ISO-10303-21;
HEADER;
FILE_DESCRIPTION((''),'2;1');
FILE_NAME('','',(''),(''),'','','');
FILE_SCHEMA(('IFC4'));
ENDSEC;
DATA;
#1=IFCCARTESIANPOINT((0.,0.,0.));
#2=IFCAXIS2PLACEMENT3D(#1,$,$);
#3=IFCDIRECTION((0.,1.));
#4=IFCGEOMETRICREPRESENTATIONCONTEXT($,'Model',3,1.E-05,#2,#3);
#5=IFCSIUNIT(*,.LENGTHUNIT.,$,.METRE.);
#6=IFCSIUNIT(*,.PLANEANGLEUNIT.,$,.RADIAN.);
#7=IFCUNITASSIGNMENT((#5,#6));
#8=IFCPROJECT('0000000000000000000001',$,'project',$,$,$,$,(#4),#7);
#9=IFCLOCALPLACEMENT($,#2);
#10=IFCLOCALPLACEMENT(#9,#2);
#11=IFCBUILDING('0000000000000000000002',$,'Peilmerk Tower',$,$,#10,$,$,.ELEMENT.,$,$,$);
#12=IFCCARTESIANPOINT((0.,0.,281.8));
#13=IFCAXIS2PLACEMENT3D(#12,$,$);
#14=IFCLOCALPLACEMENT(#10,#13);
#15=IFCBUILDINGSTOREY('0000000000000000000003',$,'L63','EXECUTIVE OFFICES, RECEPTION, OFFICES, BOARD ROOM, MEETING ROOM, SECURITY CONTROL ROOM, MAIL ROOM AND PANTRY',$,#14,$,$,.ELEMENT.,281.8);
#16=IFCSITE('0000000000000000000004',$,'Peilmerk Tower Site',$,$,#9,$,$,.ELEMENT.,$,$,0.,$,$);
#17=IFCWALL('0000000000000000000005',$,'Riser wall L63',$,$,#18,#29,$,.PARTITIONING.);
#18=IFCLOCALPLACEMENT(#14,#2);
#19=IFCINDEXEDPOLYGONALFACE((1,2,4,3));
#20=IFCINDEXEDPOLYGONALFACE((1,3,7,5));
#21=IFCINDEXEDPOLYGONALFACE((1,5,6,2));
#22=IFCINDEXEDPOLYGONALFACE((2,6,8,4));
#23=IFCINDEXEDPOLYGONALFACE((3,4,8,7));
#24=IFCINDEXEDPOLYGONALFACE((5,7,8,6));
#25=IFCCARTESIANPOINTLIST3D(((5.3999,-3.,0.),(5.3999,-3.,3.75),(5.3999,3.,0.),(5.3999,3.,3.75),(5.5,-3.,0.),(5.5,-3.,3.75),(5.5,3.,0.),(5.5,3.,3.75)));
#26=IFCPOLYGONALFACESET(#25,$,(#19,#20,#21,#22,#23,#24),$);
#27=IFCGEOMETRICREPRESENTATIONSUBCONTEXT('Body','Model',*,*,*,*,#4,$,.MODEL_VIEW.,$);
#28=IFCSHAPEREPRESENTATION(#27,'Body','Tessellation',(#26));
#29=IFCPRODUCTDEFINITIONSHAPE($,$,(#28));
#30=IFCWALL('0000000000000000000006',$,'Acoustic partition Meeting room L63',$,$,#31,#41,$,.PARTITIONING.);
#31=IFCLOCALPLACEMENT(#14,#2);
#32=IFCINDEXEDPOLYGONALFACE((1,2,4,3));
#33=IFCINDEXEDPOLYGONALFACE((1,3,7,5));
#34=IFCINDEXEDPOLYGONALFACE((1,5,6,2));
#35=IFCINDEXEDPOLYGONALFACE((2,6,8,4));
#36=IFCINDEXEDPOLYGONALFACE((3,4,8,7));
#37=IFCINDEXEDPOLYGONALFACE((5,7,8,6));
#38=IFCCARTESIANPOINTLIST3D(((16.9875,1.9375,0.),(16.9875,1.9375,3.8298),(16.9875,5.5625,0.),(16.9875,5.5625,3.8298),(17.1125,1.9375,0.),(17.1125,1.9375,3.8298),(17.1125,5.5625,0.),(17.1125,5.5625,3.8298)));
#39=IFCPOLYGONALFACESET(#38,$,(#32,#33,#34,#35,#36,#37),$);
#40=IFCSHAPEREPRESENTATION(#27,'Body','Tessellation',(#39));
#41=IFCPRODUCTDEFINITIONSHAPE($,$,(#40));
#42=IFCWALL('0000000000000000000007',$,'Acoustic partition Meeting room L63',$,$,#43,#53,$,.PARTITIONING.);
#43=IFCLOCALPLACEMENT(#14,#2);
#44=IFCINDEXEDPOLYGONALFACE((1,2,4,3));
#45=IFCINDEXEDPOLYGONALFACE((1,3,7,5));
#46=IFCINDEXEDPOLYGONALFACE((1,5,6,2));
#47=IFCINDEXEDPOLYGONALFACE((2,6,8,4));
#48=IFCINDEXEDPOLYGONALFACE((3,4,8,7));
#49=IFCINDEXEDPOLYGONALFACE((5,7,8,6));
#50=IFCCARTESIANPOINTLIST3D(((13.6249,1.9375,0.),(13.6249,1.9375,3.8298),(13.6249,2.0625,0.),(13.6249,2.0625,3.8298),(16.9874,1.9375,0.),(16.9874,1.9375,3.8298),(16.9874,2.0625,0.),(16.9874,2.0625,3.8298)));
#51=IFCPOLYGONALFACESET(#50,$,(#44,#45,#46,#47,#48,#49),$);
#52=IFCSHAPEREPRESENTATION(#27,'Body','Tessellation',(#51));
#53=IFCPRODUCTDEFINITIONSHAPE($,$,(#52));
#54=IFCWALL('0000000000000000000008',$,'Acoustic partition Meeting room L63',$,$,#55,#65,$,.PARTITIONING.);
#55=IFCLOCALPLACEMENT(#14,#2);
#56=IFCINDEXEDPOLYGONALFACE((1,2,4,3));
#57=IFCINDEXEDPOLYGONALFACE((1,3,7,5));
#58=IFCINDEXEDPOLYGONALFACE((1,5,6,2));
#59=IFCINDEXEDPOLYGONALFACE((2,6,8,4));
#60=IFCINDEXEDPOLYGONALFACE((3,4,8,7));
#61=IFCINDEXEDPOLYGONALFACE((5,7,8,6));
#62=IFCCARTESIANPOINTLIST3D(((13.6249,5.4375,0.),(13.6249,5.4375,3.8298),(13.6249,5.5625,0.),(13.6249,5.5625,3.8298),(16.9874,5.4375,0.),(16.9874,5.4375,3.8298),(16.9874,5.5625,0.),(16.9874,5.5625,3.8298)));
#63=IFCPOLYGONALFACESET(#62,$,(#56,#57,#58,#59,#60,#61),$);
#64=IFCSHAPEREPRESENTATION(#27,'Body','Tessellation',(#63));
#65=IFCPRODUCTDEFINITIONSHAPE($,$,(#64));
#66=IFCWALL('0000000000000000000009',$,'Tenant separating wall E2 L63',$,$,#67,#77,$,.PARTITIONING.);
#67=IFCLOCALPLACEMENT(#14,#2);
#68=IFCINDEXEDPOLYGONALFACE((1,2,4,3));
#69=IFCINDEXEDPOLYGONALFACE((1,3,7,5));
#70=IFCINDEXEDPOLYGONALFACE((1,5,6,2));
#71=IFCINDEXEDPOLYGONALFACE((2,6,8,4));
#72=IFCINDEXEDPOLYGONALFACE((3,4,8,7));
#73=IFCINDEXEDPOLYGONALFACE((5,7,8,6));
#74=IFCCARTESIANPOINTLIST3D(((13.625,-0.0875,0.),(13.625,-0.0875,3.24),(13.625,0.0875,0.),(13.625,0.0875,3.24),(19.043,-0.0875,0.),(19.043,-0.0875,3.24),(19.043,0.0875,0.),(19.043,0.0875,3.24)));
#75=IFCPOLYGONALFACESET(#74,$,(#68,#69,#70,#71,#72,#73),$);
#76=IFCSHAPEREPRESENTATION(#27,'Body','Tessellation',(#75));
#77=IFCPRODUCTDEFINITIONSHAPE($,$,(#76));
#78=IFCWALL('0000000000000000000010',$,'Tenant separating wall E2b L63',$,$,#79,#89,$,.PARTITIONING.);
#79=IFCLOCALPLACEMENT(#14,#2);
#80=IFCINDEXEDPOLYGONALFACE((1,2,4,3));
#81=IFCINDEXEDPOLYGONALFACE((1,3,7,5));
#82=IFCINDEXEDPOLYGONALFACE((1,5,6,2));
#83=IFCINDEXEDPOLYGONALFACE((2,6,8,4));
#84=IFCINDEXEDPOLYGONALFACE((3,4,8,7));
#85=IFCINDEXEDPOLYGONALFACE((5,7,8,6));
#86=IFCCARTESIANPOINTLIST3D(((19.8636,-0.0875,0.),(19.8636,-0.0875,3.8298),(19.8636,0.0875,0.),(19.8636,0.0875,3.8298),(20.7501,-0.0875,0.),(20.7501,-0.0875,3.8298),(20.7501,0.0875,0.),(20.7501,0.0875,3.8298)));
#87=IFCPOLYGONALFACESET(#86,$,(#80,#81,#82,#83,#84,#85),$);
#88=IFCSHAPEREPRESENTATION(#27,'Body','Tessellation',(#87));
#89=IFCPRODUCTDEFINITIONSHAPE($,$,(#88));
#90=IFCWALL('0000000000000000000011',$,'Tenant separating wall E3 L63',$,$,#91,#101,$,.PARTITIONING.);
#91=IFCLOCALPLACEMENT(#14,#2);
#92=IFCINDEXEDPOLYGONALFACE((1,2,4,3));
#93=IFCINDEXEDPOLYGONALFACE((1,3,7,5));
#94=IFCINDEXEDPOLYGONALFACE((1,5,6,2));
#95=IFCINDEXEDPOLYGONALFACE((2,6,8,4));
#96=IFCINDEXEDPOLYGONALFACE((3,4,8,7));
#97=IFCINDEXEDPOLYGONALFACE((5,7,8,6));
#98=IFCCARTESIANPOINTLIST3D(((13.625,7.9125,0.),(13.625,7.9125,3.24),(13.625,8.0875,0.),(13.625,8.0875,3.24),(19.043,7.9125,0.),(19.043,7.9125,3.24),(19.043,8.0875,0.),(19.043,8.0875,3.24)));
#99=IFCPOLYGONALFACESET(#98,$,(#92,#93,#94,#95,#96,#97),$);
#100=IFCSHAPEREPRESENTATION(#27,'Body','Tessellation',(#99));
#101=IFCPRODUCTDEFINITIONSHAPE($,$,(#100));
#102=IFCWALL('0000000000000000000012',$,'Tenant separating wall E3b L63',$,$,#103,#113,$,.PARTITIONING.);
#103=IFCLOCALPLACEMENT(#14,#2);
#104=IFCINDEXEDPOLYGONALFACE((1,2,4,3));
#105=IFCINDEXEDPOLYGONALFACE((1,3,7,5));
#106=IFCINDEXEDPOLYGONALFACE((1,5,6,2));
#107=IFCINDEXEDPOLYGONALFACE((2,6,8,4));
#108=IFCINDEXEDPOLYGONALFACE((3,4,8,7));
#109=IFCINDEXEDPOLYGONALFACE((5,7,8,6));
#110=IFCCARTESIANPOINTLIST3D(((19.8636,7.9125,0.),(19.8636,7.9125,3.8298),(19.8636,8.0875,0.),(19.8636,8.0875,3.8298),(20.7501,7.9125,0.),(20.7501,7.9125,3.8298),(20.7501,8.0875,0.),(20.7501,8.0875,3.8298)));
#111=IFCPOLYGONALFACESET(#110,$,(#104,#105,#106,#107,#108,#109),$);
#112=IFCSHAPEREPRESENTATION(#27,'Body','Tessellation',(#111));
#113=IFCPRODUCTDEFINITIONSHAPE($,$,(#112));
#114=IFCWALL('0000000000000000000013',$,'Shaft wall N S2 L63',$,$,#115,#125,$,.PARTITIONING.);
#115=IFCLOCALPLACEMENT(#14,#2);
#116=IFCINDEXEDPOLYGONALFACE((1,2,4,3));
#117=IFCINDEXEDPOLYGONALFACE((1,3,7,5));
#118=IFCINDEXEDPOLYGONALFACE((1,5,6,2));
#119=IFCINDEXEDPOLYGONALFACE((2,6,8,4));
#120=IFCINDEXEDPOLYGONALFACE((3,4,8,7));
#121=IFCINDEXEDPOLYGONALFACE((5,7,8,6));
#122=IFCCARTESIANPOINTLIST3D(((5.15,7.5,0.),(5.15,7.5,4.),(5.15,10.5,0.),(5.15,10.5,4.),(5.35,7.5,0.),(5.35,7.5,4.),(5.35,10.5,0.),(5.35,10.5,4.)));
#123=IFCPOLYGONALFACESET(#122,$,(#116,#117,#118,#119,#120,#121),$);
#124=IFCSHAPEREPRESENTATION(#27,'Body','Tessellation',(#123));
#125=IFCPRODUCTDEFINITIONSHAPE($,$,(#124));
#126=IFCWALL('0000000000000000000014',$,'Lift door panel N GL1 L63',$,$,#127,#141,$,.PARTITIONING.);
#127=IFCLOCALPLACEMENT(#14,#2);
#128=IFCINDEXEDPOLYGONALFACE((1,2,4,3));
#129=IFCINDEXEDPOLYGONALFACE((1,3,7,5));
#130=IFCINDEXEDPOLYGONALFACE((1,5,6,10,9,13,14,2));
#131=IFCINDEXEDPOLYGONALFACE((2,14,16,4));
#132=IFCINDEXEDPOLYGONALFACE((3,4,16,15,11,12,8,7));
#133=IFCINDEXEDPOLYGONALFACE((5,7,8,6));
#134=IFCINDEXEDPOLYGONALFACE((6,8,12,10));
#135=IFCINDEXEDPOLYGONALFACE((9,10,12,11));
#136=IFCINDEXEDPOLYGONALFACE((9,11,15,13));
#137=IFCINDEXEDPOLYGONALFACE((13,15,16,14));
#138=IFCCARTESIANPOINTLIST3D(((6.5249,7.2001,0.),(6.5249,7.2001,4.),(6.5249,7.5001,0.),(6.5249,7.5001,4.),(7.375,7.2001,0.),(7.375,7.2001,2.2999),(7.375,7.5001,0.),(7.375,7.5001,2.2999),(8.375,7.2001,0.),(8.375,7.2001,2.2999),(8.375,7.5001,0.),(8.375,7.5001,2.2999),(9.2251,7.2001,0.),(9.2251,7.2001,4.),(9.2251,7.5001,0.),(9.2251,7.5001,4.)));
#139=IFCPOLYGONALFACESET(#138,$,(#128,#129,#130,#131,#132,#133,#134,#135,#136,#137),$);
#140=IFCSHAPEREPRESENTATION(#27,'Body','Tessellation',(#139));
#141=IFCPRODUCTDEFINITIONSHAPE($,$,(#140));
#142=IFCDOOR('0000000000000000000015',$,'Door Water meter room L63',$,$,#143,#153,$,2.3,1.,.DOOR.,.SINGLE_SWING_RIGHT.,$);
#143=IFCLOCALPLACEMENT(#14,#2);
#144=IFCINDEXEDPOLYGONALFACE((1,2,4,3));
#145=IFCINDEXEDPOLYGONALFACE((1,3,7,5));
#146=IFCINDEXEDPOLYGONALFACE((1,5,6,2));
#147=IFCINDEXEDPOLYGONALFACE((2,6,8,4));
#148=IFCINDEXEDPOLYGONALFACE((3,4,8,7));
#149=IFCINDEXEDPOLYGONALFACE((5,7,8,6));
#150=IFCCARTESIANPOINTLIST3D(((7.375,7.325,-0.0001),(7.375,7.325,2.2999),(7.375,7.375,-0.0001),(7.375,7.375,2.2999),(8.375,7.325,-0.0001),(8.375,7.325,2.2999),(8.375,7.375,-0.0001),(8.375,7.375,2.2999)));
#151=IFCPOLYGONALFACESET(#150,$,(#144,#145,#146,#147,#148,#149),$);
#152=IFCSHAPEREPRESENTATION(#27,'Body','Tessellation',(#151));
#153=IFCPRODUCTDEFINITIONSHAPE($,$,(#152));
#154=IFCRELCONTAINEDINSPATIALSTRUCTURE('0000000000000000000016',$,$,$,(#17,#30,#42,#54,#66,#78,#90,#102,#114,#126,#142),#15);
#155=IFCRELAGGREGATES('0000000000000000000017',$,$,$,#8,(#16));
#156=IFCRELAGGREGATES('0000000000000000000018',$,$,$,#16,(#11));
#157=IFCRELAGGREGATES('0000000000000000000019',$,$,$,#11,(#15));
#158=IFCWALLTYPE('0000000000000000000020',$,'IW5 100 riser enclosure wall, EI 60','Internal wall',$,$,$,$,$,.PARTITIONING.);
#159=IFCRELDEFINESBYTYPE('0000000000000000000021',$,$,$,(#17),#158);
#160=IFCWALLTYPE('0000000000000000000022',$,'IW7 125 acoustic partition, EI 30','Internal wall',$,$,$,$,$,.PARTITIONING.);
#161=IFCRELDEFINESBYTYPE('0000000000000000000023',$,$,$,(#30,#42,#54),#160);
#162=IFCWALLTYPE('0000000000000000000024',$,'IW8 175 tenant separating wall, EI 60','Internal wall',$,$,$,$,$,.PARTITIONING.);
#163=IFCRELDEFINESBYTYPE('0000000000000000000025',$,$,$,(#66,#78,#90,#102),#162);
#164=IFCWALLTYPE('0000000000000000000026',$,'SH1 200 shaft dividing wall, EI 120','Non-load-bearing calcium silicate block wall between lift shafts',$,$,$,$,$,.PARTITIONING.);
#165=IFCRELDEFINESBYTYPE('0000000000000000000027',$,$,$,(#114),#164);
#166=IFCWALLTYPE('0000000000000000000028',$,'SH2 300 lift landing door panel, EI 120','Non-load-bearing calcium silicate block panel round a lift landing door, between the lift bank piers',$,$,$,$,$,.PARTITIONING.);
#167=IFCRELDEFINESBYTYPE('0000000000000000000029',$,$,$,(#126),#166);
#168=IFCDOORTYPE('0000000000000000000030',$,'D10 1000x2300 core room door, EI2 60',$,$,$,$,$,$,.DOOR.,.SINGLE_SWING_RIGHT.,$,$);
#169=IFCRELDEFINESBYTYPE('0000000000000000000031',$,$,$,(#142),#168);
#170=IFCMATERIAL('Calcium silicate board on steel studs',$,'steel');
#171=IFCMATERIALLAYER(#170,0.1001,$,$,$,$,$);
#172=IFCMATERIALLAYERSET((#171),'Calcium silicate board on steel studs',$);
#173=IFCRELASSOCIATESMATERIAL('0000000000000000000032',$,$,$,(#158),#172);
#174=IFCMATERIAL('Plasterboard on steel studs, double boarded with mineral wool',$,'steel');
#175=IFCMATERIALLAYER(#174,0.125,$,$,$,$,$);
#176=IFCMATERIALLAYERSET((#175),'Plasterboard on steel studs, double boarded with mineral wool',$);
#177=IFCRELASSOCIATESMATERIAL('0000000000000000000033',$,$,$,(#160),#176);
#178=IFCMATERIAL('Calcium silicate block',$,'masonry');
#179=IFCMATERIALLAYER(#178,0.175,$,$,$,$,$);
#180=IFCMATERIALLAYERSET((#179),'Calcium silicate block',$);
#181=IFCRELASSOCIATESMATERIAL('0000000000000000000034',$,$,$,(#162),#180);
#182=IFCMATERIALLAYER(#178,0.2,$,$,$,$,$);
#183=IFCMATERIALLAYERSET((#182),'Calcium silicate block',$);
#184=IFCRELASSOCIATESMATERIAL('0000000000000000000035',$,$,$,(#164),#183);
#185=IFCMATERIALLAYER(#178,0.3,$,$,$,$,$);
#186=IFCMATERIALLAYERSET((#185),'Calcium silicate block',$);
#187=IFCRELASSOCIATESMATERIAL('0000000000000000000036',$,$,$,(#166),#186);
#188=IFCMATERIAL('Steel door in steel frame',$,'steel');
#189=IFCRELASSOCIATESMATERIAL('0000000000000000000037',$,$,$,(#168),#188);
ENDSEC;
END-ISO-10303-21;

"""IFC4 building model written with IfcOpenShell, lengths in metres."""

from ifc_helpers import new_model, si_unit, direction, frame, frame_2d, origin, place, context, subcontext, project, spatial, rectangle, extrude, material, layer, layer_set, type_object, element, fill, save


model = new_model("IFC4")

# Units and contexts
model_context = context("Model", 3, precision=1e-05, world=origin(), true_north=direction((0.0, 1.0)))
body_context = subcontext(model_context, "Body", "Model", "MODEL_VIEW")
ifc_project = project(units=[si_unit("LENGTHUNIT", "METRE"), si_unit("PLANEANGLEUNIT", "RADIAN")], contexts=[model_context])

# Site, building, storey
site_placement = place(None, origin())
site = spatial("IfcSite", under=ifc_project, at=site_placement, Name="Peilmerk Tower Site", CompositionType="ELEMENT", RefElevation=0.0)
building_placement = place(site_placement, origin())
building = spatial("IfcBuilding", under=site, at=building_placement, Name="Peilmerk Tower", CompositionType="ELEMENT")
storey_placement = place(building_placement, frame((0.0, 0.0, 281.8)))
storey = spatial("IfcBuildingStorey", under=building, at=storey_placement, Name="L63", Description="EXECUTIVE OFFICES, RECEPTION, OFFICES, BOARD ROOM, MEETING ROOM, SECURITY CONTROL ROOM, MAIL ROOM AND PANTRY", CompositionType="ELEMENT", Elevation=281.8)

# Walls
ifc_material_1 = material(Name="Calcium silicate board on steel studs", Category="steel")
ifc_layer_1 = layer(ifc_material_1, 0.1001)
ifc_layer_set_1 = layer_set([ifc_layer_1], Name="Calcium silicate board on steel studs")
wall_type_1 = type_object("IfcWallType", Name="IW5 100 riser enclosure wall, EI 60", Description="Internal wall", PredefinedType="PARTITIONING", material=ifc_layer_set_1)
wall_1_placement = place(storey_placement, frame((5.45, 3.0, 0.0), z_axis=(0.0, 0.0, 1.0), x_axis=(0.0, -1.0, 0.0)))
element("IfcWall", 1, at=wall_1_placement, inside=storey, type_object=wall_type_1, Name="Riser wall L63", PredefinedType="PARTITIONING", context=body_context, shape_type="SweptSolid", body=[
    extrude(rectangle(XDim=6.0, YDim=0.1001, at=frame_2d((3.0, 0.0))), origin(), (0.0, 0.0, 1.0), 3.75),
])
ifc_material_2 = material(Name="Plasterboard on steel studs, double boarded with mineral wool", Category="steel")
ifc_layer_2 = layer(ifc_material_2, 0.125)
ifc_layer_set_2 = layer_set([ifc_layer_2], Name="Plasterboard on steel studs, double boarded with mineral wool")
wall_type_2 = type_object("IfcWallType", Name="IW7 125 acoustic partition, EI 30", Description="Internal wall", PredefinedType="PARTITIONING", material=ifc_layer_set_2)
wall_2_placement = place(storey_placement, frame((17.05, 1.9375, 0.0), z_axis=(0.0, 0.0, 1.0), x_axis=(0.0, 1.0, 0.0)))
element("IfcWall", 2, at=wall_2_placement, inside=storey, type_object=wall_type_2, Name="Acoustic partition Meeting room L63", PredefinedType="PARTITIONING", context=body_context, shape_type="SweptSolid", body=[
    extrude(rectangle(XDim=3.625, YDim=0.125, at=frame_2d((1.8125, 0.0))), origin(), (0.0, 0.0, 1.0), 3.8298),
])
for number, where, z_axis, x_axis, name in (
    (3, (13.625, 2.0, 0.0), (0.0, 0.0, 1.0), (1.0, 0.0, 0.0), "Acoustic partition Meeting room L63"),
    (4, (13.625, 5.5, 0.0), (0.0, 0.0, 1.0), (1.0, 0.0, 0.0), "Acoustic partition Meeting room L63"),
):
    element("IfcWall", number, at=place(storey_placement, frame(where, z_axis=z_axis, x_axis=x_axis)), inside=storey, type_object=wall_type_2, Name=name, PredefinedType="PARTITIONING", context=body_context, shape_type="SweptSolid", body=[
        extrude(rectangle(XDim=3.3625, YDim=0.125, at=frame_2d((1.6812, 0.0))), origin(), (0.0, 0.0, 1.0), 3.8298),
    ])
ifc_material_3 = material(Name="Calcium silicate block", Category="masonry")
ifc_layer_3 = layer(ifc_material_3, 0.175)
ifc_layer_set_3 = layer_set([ifc_layer_3], Name="Calcium silicate block")
wall_type_3 = type_object("IfcWallType", Name="IW8 175 tenant separating wall, EI 60", Description="Internal wall", PredefinedType="PARTITIONING", material=ifc_layer_set_3)
wall_3_placement = place(storey_placement, frame((13.625, 0.0, 0.0), z_axis=(0.0, 0.0, 1.0), x_axis=(1.0, 0.0, 0.0)))
element("IfcWall", 5, at=wall_3_placement, inside=storey, type_object=wall_type_3, Name="Tenant separating wall E2 L63", PredefinedType="PARTITIONING", context=body_context, shape_type="SweptSolid", body=[
    extrude(rectangle(XDim=5.418, YDim=0.175, at=frame_2d((2.709, 0.0))), origin(), (0.0, 0.0, 1.0), 3.24),
])
wall_4_placement = place(storey_placement, frame((19.8635, 0.0, 0.0), z_axis=(0.0, 0.0, 1.0), x_axis=(1.0, 0.0, 0.0)))
element("IfcWall", 6, at=wall_4_placement, inside=storey, type_object=wall_type_3, Name="Tenant separating wall E2b L63", PredefinedType="PARTITIONING", context=body_context, shape_type="SweptSolid", body=[
    extrude(rectangle(XDim=0.8865, YDim=0.175, at=frame_2d((0.4434, 0.0))), origin(), (0.0, 0.0, 1.0), 3.8298),
])
wall_5_placement = place(storey_placement, frame((13.625, 8.0, 0.0), z_axis=(0.0, 0.0, 1.0), x_axis=(1.0, 0.0, 0.0)))
element("IfcWall", 7, at=wall_5_placement, inside=storey, type_object=wall_type_3, Name="Tenant separating wall E3 L63", PredefinedType="PARTITIONING", context=body_context, shape_type="SweptSolid", body=[
    extrude(rectangle(XDim=5.418, YDim=0.175, at=frame_2d((2.709, 0.0))), origin(), (0.0, 0.0, 1.0), 3.24),
])
wall_6_placement = place(storey_placement, frame((19.8635, 8.0, 0.0), z_axis=(0.0, 0.0, 1.0), x_axis=(1.0, 0.0, 0.0)))
element("IfcWall", 8, at=wall_6_placement, inside=storey, type_object=wall_type_3, Name="Tenant separating wall E3b L63", PredefinedType="PARTITIONING", context=body_context, shape_type="SweptSolid", body=[
    extrude(rectangle(XDim=0.8865, YDim=0.175, at=frame_2d((0.4434, 0.0))), origin(), (0.0, 0.0, 1.0), 3.8298),
])
ifc_layer_4 = layer(ifc_material_3, 0.2)
ifc_layer_set_4 = layer_set([ifc_layer_4], Name="Calcium silicate block")
wall_type_4 = type_object("IfcWallType", Name="SH1 200 shaft dividing wall, EI 120", Description="Non-load-bearing calcium silicate block wall between lift shafts", PredefinedType="PARTITIONING", material=ifc_layer_set_4)
wall_7_placement = place(storey_placement, frame((5.25, 7.5, 0.0), z_axis=(0.0, 0.0, 1.0), x_axis=(0.0, 1.0, 0.0)))
element("IfcWall", 9, at=wall_7_placement, inside=storey, type_object=wall_type_4, Name="Shaft wall N S2 L63", PredefinedType="PARTITIONING", context=body_context, shape_type="SweptSolid", body=[
    extrude(rectangle(XDim=3.0, YDim=0.2, at=frame_2d((1.5, 0.0))), origin(), (0.0, 0.0, 1.0), 4.0),
])

# Wall, opening, door
ifc_layer_5 = layer(ifc_material_3, 0.3)
ifc_layer_set_5 = layer_set([ifc_layer_5], Name="Calcium silicate block")
wall_type_5 = type_object("IfcWallType", Name="SH2 300 lift landing door panel, EI 120", Description="Non-load-bearing calcium silicate block panel round a lift landing door, between the lift bank piers", PredefinedType="PARTITIONING", material=ifc_layer_set_5)
wall_8_placement = place(storey_placement, frame((6.5249, 7.3501, 0.0), z_axis=(0.0, 0.0, 1.0), x_axis=(1.0, 0.0, 0.0)))
wall_8 = element("IfcWall", 10, at=wall_8_placement, inside=storey, type_object=wall_type_5, Name="Lift door panel N GL1 L63", PredefinedType="PARTITIONING", context=body_context, shape_type="SweptSolid", body=[
    extrude(rectangle(XDim=2.7002, YDim=0.3, at=frame_2d((1.3501, 0.0))), origin(), (0.0, 0.0, 1.0), 4.0),
])
opening_1_placement = place(wall_8_placement, frame((0.8501, 0.0, 0.0)))
opening_1 = element("IfcOpeningElement", 11, at=opening_1_placement, cuts=wall_8, PredefinedType="OPENING", context=body_context, shape_type="SweptSolid", body=[
    extrude(rectangle(XDim=1.0, YDim=2.3, at=frame_2d((0.5, 1.1499))), frame((0.0, 0.1599, 0.0), z_axis=(0.0, -1.0, 0.0), x_axis=(1.0, 0.0, 0.0)), (0.0, 0.0, 1.0), 0.3201),
])
ifc_material_4 = material(Name="Steel door in steel frame", Category="steel")
door_type_1 = type_object("IfcDoorType", Name="D10 1000x2300 core room door, EI2 60", OperationType="SINGLE_SWING_RIGHT", PredefinedType="DOOR", material=ifc_material_4)
door_1_placement = place(opening_1_placement, origin())
door_1 = element("IfcDoor", 12, at=door_1_placement, inside=storey, type_object=door_type_1, Name="Door Water meter room L63", OperationType="SINGLE_SWING_RIGHT", OverallHeight=2.3, OverallWidth=1.0, PredefinedType="DOOR", context=body_context, shape_type="SweptSolid", body=[
    extrude(rectangle(XDim=1.0, YDim=2.3, at=frame_2d((0.5, 1.1499))), frame((0.0, 0.0249, 0.0), z_axis=(0.0, -1.0, 0.0), x_axis=(1.0, 0.0, 0.0)), (0.0, 0.0, 1.0), 0.05),
])
fill(opening_1, door_1)

save(model, "model.ifc")
